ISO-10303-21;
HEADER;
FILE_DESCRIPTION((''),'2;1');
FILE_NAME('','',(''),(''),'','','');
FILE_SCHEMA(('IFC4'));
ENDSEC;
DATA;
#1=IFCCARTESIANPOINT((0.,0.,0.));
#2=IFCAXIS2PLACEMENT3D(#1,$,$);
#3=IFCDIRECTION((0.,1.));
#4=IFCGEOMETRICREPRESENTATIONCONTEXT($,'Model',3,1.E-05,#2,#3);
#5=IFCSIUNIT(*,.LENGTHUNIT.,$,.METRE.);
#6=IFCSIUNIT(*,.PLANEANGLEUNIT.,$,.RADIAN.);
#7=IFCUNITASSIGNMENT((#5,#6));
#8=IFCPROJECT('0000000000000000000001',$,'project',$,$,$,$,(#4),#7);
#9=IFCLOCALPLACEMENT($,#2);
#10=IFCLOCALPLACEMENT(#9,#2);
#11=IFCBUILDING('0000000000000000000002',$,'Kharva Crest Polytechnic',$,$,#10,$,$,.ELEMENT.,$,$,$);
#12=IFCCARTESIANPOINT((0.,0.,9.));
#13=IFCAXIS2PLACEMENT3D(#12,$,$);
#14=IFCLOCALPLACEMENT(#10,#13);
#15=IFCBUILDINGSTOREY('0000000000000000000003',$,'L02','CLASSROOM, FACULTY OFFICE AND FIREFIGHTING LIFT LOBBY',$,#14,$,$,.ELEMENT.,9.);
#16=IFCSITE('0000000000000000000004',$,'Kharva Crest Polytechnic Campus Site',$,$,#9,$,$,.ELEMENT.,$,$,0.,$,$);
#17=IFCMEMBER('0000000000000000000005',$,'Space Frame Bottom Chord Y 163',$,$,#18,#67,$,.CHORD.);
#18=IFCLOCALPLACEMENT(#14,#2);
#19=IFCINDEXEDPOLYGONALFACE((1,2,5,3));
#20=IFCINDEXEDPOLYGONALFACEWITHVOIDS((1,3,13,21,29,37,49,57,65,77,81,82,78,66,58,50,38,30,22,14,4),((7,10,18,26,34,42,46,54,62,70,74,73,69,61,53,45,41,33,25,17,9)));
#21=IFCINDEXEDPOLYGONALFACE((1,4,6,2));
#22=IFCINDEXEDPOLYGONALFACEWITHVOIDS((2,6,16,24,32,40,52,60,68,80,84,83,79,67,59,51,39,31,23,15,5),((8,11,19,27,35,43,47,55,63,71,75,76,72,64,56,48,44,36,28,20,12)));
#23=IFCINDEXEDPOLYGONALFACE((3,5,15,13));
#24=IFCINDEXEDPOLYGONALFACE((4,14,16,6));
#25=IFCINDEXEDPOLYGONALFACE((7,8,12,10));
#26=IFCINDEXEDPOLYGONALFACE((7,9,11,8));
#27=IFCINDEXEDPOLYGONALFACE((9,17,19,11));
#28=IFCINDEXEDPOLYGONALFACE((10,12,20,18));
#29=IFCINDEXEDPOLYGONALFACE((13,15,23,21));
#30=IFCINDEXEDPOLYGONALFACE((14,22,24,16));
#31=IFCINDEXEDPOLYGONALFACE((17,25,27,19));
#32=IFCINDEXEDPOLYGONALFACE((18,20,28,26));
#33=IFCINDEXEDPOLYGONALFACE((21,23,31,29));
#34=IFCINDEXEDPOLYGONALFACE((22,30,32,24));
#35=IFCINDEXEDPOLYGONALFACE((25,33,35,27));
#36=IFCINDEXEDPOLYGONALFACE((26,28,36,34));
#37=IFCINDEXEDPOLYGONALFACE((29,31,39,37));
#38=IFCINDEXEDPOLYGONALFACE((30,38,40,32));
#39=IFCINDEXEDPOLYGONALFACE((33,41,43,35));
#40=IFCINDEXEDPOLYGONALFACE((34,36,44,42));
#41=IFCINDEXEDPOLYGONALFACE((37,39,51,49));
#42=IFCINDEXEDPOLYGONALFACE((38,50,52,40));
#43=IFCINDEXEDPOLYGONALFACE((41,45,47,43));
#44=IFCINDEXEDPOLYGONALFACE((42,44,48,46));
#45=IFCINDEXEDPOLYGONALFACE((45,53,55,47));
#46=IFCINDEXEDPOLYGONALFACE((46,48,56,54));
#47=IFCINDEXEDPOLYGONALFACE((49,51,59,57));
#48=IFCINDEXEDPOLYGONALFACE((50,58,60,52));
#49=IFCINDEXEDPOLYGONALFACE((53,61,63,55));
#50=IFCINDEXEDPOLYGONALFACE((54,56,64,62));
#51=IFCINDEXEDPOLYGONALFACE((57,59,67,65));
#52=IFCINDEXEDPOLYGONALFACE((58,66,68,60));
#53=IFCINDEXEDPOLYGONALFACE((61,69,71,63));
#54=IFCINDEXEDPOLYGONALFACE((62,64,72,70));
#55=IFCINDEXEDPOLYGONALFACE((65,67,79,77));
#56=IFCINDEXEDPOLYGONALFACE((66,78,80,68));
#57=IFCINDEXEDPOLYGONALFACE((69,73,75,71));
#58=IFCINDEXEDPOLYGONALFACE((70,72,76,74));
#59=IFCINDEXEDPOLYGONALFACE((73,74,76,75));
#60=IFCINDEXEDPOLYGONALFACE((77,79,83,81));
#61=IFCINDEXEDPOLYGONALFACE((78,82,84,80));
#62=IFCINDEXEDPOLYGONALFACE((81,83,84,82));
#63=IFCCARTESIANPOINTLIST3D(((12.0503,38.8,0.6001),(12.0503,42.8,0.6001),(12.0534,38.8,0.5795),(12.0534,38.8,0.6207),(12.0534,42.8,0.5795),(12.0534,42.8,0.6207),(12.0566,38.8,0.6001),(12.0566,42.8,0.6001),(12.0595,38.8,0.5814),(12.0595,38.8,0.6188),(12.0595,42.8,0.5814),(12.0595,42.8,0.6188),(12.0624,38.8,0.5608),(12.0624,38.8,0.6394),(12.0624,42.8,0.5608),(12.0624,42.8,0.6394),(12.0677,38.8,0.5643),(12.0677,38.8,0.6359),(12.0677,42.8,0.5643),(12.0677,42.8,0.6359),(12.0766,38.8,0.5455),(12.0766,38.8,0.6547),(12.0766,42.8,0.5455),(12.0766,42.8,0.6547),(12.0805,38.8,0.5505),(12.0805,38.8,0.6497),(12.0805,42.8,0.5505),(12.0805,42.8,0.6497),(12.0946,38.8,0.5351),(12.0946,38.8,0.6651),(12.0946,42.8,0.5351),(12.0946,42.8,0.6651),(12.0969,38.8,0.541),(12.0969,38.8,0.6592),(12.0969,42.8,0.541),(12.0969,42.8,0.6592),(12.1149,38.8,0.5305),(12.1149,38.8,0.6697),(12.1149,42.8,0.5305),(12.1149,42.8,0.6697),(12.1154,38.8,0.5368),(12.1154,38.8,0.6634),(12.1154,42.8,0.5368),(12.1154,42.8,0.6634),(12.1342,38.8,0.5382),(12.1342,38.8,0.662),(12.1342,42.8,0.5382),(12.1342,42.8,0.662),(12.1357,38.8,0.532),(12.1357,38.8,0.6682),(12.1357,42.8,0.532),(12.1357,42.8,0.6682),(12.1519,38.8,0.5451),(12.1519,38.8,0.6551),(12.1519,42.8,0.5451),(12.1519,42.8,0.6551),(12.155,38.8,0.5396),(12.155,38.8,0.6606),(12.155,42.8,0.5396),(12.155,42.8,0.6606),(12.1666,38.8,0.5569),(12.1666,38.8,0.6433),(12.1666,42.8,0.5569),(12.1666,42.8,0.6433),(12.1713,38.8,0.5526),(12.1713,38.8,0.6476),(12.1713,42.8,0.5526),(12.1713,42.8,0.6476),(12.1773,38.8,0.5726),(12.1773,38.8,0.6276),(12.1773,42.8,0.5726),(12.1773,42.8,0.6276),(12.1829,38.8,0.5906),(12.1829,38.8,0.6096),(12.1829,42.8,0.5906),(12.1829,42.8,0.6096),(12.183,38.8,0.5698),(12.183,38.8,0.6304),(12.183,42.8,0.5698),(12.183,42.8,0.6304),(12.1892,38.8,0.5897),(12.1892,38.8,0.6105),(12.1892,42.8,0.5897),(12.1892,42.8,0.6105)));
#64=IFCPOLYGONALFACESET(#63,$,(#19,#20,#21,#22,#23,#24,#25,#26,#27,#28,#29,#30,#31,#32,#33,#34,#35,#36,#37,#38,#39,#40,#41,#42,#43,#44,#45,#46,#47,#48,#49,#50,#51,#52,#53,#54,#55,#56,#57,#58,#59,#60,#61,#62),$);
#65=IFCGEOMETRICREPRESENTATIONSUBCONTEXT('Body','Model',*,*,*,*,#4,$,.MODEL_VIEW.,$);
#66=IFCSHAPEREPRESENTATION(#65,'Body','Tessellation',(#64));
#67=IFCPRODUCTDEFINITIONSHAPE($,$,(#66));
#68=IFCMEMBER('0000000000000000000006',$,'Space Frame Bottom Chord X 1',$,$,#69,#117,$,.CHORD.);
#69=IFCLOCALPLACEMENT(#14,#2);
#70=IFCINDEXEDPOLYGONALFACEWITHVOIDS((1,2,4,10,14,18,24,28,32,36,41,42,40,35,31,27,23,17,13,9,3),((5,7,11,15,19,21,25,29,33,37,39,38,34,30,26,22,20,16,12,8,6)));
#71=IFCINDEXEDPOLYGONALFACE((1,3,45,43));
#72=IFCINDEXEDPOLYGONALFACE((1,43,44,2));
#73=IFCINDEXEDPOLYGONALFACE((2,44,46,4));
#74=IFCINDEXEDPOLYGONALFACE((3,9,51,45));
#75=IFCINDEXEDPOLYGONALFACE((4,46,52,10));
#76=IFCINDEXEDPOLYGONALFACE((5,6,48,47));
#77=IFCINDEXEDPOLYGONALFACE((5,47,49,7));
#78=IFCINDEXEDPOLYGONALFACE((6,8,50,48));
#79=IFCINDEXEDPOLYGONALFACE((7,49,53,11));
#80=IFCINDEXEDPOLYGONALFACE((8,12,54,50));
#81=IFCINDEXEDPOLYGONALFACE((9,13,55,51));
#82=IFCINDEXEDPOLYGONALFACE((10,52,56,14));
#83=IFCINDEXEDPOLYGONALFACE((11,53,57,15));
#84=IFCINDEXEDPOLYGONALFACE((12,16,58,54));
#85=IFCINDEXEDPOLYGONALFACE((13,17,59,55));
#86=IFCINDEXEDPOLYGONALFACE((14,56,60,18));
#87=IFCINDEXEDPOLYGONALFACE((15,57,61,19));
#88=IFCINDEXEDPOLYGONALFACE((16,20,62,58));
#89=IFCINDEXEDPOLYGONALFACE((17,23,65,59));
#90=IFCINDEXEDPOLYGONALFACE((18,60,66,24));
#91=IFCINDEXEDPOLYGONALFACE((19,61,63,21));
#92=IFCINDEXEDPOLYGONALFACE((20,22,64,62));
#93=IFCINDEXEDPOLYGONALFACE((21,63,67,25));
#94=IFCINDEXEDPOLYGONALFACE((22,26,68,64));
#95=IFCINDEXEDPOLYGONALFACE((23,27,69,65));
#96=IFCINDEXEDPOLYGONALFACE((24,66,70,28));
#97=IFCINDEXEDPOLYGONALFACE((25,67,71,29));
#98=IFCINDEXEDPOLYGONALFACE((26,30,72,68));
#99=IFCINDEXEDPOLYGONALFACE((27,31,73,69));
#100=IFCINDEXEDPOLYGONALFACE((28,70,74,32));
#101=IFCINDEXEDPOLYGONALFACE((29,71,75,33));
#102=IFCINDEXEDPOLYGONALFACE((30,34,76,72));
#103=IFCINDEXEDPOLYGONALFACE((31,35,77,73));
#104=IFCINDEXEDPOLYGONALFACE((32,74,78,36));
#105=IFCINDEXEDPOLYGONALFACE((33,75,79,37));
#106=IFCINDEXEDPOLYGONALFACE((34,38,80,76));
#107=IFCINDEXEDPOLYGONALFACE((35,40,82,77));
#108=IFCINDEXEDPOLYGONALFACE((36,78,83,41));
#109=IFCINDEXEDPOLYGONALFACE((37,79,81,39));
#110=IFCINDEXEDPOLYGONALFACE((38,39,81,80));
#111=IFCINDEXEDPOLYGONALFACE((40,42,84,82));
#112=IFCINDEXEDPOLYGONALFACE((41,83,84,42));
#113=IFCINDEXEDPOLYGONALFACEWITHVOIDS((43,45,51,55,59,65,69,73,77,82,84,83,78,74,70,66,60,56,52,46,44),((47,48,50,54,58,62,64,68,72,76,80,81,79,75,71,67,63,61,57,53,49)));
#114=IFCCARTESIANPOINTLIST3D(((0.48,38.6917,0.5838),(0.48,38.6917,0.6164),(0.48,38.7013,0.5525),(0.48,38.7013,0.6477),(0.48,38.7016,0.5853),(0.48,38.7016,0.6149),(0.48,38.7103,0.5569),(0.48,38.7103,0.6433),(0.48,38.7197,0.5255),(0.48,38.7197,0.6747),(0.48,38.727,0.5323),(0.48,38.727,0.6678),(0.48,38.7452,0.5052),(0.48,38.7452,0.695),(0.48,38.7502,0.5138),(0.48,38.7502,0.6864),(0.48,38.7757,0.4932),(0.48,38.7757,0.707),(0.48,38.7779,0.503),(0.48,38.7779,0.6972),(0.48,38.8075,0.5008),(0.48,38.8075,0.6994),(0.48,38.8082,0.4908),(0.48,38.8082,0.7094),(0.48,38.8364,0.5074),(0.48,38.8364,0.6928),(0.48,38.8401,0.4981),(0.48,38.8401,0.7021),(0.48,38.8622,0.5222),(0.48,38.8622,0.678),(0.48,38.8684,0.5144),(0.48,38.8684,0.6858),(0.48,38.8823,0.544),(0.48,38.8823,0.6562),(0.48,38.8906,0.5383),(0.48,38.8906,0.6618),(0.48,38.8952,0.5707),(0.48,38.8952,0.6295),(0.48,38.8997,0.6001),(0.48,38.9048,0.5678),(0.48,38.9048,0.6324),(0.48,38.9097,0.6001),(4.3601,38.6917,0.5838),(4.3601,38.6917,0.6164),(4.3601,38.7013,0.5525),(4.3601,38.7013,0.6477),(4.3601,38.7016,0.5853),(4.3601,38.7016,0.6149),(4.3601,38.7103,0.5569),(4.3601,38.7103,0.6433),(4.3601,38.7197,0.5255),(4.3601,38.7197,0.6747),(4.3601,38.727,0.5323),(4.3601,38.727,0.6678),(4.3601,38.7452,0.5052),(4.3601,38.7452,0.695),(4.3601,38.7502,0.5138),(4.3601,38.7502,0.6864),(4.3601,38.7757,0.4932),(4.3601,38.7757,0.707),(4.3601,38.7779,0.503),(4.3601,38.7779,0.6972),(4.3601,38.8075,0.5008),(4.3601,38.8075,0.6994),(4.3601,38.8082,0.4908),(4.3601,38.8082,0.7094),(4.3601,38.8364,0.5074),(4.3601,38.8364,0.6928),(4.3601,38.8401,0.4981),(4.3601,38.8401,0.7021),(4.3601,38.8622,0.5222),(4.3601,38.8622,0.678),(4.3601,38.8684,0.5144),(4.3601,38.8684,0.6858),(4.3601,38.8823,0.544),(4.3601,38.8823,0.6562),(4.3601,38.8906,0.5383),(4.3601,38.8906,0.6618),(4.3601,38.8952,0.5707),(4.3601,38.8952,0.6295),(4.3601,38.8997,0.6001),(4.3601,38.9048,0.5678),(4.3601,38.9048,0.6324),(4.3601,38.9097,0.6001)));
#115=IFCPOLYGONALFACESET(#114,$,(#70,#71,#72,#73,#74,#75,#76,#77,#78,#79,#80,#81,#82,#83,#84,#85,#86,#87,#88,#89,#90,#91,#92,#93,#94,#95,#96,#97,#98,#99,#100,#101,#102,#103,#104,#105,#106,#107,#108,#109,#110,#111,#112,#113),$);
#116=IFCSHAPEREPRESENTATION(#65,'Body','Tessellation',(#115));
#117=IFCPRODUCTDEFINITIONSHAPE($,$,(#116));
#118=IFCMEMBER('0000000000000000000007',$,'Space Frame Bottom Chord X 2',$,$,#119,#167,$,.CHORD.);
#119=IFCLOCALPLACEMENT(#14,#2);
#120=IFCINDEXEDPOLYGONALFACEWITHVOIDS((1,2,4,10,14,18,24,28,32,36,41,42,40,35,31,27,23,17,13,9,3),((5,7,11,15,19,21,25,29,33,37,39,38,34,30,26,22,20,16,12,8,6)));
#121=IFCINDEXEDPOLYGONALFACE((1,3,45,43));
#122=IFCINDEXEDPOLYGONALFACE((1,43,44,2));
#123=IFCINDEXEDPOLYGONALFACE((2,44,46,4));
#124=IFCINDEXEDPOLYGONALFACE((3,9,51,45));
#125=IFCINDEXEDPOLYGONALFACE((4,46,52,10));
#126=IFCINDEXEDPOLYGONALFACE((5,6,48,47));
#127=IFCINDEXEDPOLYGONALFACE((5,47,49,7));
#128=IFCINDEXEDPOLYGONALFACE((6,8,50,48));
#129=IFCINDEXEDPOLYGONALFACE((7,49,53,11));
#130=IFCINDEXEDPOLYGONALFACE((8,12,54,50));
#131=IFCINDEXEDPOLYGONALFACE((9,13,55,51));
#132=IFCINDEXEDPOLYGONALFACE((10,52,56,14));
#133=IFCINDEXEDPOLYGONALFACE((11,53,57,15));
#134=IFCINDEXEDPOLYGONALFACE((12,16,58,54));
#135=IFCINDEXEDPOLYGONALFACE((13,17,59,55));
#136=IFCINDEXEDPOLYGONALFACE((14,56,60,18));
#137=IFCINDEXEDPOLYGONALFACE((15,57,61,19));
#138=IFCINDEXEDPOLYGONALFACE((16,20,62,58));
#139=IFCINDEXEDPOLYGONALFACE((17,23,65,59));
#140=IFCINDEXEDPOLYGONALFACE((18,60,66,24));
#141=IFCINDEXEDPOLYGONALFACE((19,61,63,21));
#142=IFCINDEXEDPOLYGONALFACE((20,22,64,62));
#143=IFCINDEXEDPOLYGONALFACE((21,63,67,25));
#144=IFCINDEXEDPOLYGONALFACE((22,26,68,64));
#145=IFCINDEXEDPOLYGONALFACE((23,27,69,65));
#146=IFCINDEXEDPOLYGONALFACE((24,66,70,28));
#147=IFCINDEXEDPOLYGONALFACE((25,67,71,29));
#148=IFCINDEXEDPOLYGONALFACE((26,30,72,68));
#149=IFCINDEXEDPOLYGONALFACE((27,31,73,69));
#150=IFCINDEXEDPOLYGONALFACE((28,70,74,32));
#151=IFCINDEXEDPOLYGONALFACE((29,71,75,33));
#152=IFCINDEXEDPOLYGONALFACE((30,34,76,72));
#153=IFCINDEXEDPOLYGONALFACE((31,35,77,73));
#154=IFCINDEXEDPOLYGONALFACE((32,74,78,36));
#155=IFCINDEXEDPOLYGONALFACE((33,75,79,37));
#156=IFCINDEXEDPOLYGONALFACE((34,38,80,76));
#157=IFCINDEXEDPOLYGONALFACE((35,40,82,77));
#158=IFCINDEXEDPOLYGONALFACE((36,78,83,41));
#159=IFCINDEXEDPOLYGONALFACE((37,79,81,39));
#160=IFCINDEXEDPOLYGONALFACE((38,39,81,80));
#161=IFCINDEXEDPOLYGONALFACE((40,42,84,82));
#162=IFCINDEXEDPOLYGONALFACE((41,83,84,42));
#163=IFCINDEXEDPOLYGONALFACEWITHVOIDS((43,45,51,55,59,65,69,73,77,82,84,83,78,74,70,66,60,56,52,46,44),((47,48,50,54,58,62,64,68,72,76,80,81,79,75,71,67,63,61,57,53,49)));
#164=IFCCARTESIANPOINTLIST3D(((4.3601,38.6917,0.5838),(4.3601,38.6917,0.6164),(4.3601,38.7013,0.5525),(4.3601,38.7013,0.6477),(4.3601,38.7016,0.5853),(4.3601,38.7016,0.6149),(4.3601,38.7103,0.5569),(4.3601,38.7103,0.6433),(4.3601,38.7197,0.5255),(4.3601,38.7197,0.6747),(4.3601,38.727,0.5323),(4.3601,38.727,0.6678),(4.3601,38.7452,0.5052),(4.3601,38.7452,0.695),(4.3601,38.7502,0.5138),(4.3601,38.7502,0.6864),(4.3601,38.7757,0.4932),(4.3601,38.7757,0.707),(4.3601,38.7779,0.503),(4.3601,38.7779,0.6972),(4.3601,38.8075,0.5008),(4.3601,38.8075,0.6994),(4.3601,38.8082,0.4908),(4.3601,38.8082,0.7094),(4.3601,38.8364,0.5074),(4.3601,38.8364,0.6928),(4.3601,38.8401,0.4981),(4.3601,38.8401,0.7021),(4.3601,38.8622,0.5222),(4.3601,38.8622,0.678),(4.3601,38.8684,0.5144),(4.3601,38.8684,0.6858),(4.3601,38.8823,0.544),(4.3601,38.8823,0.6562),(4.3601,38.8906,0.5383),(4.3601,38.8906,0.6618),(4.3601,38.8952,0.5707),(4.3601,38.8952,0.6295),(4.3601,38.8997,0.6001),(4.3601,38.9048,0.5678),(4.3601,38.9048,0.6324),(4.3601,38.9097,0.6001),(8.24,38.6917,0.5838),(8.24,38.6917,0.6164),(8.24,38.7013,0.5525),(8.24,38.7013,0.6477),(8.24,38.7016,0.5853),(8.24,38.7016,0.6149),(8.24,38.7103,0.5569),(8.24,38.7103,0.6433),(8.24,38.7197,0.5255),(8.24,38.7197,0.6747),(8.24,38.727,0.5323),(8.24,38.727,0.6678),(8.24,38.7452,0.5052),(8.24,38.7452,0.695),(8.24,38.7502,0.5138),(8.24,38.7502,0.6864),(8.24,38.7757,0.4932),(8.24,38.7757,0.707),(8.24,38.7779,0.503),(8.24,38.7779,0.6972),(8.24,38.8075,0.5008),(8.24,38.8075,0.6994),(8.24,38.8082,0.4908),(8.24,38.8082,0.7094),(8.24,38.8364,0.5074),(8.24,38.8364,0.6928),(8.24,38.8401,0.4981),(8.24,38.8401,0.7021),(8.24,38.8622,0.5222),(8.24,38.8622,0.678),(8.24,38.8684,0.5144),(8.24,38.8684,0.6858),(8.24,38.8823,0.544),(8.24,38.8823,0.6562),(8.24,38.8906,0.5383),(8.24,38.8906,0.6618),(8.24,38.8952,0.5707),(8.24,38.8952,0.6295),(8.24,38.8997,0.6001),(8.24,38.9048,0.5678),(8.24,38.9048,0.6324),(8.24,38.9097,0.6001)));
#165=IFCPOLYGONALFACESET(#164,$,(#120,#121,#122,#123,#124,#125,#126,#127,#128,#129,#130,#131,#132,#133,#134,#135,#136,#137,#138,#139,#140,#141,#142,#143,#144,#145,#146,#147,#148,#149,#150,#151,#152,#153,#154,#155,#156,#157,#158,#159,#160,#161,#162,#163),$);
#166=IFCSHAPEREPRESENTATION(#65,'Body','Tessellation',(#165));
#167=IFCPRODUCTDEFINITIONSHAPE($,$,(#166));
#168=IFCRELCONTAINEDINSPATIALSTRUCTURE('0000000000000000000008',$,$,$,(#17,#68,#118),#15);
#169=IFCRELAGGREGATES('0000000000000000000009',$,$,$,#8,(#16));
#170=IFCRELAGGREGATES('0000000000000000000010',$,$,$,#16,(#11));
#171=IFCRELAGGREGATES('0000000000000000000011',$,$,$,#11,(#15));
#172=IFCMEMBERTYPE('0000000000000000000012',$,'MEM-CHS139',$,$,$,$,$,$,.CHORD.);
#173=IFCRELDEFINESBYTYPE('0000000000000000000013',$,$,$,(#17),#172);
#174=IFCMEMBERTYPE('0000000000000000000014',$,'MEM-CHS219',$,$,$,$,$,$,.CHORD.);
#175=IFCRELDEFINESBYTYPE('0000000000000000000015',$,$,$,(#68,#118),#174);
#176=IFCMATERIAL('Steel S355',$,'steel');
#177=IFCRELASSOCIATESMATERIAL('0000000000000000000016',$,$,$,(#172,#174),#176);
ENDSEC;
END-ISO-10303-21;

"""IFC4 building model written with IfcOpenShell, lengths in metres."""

from ifc_helpers import new_model, si_unit, direction, frame, origin, origin_2d, place, context, subcontext, project, spatial, hollow_circle, extrude, material, material_profile, profile_set, type_object, element, save


model = new_model("IFC4")

# Units and contexts
model_context = context("Model", 3, precision=1e-05, world=origin(), true_north=direction((0.0, 1.0)))
body_context = subcontext(model_context, "Body", "Model", "MODEL_VIEW")
ifc_project = project(units=[si_unit("LENGTHUNIT", "METRE"), si_unit("PLANEANGLEUNIT", "RADIAN")], contexts=[model_context])

# Site, building, storey
site_placement = place(None, origin())
site = spatial("IfcSite", under=ifc_project, at=site_placement, Name="Kharva Crest Polytechnic Campus Site", CompositionType="ELEMENT", RefElevation=0.0)
building_placement = place(site_placement, origin())
building = spatial("IfcBuilding", under=site, at=building_placement, Name="Kharva Crest Polytechnic", CompositionType="ELEMENT")
storey_placement = place(building_placement, frame((0.0, 0.0, 9.0)))
storey = spatial("IfcBuildingStorey", under=building, at=storey_placement, Name="L02", Description="CLASSROOM, FACULTY OFFICE AND FIREFIGHTING LIFT LOBBY", CompositionType="ELEMENT", Elevation=9.0)

# Shared definitions
ifc_material_1 = material(Name="Steel S355", Category="steel")

# Members
ifc_material_profile_1 = material_profile(ifc_material_1, hollow_circle(Radius=0.0698, WallThickness=0.0063, at=origin_2d()), Name="CHS 139.7X6.3")
ifc_profile_set_1 = profile_set([ifc_material_profile_1], Name="Steel S355")
member_type_1 = type_object("IfcMemberType", Name="MEM-CHS139", PredefinedType="CHORD", material=ifc_profile_set_1)
for number, where, z_axis, x_axis, name in (
    (1, (12.1201, 38.8, 0.6001), (0.0, 1.0, 0.0), (-1.0, 0.0, 0.0), "Space Frame Bottom Chord Y 163"),
):
    element("IfcMember", number, at=place(storey_placement, frame(where, z_axis=z_axis, x_axis=x_axis)), inside=storey, type_object=member_type_1, Name=name, PredefinedType="CHORD", context=body_context, shape_type="SweptSolid", body=[
        extrude(hollow_circle(Radius=0.0698, WallThickness=0.0063, at=origin_2d()), origin(), (0.0, 0.0, 1.0), 4.0),
    ])
ifc_material_profile_2 = material_profile(ifc_material_1, hollow_circle(Radius=0.1096, WallThickness=0.01, at=origin_2d()), Name="CHS 219.1X10.0")
ifc_profile_set_2 = profile_set([ifc_material_profile_2], Name="Steel S355")
member_type_2 = type_object("IfcMemberType", Name="MEM-CHS219", PredefinedType="CHORD", material=ifc_profile_set_2)
member_1_placement = place(storey_placement, frame((0.48, 38.8, 0.6001), z_axis=(1.0, 0.0, 0.0), x_axis=(0.0, 1.0, 0.0)))
element("IfcMember", 2, at=member_1_placement, inside=storey, type_object=member_type_2, Name="Space Frame Bottom Chord X 1", PredefinedType="CHORD", context=body_context, shape_type="SweptSolid", body=[
    extrude(hollow_circle(Radius=0.1096, WallThickness=0.01, at=origin_2d()), origin(), (0.0, 0.0, 1.0), 3.8801),
])
member_2_placement = place(storey_placement, frame((4.3601, 38.8, 0.6001), z_axis=(1.0, 0.0, 0.0), x_axis=(0.0, 1.0, 0.0)))
element("IfcMember", 3, at=member_2_placement, inside=storey, type_object=member_type_2, Name="Space Frame Bottom Chord X 2", PredefinedType="CHORD", context=body_context, shape_type="SweptSolid", body=[
    extrude(hollow_circle(Radius=0.1096, WallThickness=0.01, at=origin_2d()), origin(), (0.0, 0.0, 1.0), 3.8799),
])

save(model, "model.ifc")
